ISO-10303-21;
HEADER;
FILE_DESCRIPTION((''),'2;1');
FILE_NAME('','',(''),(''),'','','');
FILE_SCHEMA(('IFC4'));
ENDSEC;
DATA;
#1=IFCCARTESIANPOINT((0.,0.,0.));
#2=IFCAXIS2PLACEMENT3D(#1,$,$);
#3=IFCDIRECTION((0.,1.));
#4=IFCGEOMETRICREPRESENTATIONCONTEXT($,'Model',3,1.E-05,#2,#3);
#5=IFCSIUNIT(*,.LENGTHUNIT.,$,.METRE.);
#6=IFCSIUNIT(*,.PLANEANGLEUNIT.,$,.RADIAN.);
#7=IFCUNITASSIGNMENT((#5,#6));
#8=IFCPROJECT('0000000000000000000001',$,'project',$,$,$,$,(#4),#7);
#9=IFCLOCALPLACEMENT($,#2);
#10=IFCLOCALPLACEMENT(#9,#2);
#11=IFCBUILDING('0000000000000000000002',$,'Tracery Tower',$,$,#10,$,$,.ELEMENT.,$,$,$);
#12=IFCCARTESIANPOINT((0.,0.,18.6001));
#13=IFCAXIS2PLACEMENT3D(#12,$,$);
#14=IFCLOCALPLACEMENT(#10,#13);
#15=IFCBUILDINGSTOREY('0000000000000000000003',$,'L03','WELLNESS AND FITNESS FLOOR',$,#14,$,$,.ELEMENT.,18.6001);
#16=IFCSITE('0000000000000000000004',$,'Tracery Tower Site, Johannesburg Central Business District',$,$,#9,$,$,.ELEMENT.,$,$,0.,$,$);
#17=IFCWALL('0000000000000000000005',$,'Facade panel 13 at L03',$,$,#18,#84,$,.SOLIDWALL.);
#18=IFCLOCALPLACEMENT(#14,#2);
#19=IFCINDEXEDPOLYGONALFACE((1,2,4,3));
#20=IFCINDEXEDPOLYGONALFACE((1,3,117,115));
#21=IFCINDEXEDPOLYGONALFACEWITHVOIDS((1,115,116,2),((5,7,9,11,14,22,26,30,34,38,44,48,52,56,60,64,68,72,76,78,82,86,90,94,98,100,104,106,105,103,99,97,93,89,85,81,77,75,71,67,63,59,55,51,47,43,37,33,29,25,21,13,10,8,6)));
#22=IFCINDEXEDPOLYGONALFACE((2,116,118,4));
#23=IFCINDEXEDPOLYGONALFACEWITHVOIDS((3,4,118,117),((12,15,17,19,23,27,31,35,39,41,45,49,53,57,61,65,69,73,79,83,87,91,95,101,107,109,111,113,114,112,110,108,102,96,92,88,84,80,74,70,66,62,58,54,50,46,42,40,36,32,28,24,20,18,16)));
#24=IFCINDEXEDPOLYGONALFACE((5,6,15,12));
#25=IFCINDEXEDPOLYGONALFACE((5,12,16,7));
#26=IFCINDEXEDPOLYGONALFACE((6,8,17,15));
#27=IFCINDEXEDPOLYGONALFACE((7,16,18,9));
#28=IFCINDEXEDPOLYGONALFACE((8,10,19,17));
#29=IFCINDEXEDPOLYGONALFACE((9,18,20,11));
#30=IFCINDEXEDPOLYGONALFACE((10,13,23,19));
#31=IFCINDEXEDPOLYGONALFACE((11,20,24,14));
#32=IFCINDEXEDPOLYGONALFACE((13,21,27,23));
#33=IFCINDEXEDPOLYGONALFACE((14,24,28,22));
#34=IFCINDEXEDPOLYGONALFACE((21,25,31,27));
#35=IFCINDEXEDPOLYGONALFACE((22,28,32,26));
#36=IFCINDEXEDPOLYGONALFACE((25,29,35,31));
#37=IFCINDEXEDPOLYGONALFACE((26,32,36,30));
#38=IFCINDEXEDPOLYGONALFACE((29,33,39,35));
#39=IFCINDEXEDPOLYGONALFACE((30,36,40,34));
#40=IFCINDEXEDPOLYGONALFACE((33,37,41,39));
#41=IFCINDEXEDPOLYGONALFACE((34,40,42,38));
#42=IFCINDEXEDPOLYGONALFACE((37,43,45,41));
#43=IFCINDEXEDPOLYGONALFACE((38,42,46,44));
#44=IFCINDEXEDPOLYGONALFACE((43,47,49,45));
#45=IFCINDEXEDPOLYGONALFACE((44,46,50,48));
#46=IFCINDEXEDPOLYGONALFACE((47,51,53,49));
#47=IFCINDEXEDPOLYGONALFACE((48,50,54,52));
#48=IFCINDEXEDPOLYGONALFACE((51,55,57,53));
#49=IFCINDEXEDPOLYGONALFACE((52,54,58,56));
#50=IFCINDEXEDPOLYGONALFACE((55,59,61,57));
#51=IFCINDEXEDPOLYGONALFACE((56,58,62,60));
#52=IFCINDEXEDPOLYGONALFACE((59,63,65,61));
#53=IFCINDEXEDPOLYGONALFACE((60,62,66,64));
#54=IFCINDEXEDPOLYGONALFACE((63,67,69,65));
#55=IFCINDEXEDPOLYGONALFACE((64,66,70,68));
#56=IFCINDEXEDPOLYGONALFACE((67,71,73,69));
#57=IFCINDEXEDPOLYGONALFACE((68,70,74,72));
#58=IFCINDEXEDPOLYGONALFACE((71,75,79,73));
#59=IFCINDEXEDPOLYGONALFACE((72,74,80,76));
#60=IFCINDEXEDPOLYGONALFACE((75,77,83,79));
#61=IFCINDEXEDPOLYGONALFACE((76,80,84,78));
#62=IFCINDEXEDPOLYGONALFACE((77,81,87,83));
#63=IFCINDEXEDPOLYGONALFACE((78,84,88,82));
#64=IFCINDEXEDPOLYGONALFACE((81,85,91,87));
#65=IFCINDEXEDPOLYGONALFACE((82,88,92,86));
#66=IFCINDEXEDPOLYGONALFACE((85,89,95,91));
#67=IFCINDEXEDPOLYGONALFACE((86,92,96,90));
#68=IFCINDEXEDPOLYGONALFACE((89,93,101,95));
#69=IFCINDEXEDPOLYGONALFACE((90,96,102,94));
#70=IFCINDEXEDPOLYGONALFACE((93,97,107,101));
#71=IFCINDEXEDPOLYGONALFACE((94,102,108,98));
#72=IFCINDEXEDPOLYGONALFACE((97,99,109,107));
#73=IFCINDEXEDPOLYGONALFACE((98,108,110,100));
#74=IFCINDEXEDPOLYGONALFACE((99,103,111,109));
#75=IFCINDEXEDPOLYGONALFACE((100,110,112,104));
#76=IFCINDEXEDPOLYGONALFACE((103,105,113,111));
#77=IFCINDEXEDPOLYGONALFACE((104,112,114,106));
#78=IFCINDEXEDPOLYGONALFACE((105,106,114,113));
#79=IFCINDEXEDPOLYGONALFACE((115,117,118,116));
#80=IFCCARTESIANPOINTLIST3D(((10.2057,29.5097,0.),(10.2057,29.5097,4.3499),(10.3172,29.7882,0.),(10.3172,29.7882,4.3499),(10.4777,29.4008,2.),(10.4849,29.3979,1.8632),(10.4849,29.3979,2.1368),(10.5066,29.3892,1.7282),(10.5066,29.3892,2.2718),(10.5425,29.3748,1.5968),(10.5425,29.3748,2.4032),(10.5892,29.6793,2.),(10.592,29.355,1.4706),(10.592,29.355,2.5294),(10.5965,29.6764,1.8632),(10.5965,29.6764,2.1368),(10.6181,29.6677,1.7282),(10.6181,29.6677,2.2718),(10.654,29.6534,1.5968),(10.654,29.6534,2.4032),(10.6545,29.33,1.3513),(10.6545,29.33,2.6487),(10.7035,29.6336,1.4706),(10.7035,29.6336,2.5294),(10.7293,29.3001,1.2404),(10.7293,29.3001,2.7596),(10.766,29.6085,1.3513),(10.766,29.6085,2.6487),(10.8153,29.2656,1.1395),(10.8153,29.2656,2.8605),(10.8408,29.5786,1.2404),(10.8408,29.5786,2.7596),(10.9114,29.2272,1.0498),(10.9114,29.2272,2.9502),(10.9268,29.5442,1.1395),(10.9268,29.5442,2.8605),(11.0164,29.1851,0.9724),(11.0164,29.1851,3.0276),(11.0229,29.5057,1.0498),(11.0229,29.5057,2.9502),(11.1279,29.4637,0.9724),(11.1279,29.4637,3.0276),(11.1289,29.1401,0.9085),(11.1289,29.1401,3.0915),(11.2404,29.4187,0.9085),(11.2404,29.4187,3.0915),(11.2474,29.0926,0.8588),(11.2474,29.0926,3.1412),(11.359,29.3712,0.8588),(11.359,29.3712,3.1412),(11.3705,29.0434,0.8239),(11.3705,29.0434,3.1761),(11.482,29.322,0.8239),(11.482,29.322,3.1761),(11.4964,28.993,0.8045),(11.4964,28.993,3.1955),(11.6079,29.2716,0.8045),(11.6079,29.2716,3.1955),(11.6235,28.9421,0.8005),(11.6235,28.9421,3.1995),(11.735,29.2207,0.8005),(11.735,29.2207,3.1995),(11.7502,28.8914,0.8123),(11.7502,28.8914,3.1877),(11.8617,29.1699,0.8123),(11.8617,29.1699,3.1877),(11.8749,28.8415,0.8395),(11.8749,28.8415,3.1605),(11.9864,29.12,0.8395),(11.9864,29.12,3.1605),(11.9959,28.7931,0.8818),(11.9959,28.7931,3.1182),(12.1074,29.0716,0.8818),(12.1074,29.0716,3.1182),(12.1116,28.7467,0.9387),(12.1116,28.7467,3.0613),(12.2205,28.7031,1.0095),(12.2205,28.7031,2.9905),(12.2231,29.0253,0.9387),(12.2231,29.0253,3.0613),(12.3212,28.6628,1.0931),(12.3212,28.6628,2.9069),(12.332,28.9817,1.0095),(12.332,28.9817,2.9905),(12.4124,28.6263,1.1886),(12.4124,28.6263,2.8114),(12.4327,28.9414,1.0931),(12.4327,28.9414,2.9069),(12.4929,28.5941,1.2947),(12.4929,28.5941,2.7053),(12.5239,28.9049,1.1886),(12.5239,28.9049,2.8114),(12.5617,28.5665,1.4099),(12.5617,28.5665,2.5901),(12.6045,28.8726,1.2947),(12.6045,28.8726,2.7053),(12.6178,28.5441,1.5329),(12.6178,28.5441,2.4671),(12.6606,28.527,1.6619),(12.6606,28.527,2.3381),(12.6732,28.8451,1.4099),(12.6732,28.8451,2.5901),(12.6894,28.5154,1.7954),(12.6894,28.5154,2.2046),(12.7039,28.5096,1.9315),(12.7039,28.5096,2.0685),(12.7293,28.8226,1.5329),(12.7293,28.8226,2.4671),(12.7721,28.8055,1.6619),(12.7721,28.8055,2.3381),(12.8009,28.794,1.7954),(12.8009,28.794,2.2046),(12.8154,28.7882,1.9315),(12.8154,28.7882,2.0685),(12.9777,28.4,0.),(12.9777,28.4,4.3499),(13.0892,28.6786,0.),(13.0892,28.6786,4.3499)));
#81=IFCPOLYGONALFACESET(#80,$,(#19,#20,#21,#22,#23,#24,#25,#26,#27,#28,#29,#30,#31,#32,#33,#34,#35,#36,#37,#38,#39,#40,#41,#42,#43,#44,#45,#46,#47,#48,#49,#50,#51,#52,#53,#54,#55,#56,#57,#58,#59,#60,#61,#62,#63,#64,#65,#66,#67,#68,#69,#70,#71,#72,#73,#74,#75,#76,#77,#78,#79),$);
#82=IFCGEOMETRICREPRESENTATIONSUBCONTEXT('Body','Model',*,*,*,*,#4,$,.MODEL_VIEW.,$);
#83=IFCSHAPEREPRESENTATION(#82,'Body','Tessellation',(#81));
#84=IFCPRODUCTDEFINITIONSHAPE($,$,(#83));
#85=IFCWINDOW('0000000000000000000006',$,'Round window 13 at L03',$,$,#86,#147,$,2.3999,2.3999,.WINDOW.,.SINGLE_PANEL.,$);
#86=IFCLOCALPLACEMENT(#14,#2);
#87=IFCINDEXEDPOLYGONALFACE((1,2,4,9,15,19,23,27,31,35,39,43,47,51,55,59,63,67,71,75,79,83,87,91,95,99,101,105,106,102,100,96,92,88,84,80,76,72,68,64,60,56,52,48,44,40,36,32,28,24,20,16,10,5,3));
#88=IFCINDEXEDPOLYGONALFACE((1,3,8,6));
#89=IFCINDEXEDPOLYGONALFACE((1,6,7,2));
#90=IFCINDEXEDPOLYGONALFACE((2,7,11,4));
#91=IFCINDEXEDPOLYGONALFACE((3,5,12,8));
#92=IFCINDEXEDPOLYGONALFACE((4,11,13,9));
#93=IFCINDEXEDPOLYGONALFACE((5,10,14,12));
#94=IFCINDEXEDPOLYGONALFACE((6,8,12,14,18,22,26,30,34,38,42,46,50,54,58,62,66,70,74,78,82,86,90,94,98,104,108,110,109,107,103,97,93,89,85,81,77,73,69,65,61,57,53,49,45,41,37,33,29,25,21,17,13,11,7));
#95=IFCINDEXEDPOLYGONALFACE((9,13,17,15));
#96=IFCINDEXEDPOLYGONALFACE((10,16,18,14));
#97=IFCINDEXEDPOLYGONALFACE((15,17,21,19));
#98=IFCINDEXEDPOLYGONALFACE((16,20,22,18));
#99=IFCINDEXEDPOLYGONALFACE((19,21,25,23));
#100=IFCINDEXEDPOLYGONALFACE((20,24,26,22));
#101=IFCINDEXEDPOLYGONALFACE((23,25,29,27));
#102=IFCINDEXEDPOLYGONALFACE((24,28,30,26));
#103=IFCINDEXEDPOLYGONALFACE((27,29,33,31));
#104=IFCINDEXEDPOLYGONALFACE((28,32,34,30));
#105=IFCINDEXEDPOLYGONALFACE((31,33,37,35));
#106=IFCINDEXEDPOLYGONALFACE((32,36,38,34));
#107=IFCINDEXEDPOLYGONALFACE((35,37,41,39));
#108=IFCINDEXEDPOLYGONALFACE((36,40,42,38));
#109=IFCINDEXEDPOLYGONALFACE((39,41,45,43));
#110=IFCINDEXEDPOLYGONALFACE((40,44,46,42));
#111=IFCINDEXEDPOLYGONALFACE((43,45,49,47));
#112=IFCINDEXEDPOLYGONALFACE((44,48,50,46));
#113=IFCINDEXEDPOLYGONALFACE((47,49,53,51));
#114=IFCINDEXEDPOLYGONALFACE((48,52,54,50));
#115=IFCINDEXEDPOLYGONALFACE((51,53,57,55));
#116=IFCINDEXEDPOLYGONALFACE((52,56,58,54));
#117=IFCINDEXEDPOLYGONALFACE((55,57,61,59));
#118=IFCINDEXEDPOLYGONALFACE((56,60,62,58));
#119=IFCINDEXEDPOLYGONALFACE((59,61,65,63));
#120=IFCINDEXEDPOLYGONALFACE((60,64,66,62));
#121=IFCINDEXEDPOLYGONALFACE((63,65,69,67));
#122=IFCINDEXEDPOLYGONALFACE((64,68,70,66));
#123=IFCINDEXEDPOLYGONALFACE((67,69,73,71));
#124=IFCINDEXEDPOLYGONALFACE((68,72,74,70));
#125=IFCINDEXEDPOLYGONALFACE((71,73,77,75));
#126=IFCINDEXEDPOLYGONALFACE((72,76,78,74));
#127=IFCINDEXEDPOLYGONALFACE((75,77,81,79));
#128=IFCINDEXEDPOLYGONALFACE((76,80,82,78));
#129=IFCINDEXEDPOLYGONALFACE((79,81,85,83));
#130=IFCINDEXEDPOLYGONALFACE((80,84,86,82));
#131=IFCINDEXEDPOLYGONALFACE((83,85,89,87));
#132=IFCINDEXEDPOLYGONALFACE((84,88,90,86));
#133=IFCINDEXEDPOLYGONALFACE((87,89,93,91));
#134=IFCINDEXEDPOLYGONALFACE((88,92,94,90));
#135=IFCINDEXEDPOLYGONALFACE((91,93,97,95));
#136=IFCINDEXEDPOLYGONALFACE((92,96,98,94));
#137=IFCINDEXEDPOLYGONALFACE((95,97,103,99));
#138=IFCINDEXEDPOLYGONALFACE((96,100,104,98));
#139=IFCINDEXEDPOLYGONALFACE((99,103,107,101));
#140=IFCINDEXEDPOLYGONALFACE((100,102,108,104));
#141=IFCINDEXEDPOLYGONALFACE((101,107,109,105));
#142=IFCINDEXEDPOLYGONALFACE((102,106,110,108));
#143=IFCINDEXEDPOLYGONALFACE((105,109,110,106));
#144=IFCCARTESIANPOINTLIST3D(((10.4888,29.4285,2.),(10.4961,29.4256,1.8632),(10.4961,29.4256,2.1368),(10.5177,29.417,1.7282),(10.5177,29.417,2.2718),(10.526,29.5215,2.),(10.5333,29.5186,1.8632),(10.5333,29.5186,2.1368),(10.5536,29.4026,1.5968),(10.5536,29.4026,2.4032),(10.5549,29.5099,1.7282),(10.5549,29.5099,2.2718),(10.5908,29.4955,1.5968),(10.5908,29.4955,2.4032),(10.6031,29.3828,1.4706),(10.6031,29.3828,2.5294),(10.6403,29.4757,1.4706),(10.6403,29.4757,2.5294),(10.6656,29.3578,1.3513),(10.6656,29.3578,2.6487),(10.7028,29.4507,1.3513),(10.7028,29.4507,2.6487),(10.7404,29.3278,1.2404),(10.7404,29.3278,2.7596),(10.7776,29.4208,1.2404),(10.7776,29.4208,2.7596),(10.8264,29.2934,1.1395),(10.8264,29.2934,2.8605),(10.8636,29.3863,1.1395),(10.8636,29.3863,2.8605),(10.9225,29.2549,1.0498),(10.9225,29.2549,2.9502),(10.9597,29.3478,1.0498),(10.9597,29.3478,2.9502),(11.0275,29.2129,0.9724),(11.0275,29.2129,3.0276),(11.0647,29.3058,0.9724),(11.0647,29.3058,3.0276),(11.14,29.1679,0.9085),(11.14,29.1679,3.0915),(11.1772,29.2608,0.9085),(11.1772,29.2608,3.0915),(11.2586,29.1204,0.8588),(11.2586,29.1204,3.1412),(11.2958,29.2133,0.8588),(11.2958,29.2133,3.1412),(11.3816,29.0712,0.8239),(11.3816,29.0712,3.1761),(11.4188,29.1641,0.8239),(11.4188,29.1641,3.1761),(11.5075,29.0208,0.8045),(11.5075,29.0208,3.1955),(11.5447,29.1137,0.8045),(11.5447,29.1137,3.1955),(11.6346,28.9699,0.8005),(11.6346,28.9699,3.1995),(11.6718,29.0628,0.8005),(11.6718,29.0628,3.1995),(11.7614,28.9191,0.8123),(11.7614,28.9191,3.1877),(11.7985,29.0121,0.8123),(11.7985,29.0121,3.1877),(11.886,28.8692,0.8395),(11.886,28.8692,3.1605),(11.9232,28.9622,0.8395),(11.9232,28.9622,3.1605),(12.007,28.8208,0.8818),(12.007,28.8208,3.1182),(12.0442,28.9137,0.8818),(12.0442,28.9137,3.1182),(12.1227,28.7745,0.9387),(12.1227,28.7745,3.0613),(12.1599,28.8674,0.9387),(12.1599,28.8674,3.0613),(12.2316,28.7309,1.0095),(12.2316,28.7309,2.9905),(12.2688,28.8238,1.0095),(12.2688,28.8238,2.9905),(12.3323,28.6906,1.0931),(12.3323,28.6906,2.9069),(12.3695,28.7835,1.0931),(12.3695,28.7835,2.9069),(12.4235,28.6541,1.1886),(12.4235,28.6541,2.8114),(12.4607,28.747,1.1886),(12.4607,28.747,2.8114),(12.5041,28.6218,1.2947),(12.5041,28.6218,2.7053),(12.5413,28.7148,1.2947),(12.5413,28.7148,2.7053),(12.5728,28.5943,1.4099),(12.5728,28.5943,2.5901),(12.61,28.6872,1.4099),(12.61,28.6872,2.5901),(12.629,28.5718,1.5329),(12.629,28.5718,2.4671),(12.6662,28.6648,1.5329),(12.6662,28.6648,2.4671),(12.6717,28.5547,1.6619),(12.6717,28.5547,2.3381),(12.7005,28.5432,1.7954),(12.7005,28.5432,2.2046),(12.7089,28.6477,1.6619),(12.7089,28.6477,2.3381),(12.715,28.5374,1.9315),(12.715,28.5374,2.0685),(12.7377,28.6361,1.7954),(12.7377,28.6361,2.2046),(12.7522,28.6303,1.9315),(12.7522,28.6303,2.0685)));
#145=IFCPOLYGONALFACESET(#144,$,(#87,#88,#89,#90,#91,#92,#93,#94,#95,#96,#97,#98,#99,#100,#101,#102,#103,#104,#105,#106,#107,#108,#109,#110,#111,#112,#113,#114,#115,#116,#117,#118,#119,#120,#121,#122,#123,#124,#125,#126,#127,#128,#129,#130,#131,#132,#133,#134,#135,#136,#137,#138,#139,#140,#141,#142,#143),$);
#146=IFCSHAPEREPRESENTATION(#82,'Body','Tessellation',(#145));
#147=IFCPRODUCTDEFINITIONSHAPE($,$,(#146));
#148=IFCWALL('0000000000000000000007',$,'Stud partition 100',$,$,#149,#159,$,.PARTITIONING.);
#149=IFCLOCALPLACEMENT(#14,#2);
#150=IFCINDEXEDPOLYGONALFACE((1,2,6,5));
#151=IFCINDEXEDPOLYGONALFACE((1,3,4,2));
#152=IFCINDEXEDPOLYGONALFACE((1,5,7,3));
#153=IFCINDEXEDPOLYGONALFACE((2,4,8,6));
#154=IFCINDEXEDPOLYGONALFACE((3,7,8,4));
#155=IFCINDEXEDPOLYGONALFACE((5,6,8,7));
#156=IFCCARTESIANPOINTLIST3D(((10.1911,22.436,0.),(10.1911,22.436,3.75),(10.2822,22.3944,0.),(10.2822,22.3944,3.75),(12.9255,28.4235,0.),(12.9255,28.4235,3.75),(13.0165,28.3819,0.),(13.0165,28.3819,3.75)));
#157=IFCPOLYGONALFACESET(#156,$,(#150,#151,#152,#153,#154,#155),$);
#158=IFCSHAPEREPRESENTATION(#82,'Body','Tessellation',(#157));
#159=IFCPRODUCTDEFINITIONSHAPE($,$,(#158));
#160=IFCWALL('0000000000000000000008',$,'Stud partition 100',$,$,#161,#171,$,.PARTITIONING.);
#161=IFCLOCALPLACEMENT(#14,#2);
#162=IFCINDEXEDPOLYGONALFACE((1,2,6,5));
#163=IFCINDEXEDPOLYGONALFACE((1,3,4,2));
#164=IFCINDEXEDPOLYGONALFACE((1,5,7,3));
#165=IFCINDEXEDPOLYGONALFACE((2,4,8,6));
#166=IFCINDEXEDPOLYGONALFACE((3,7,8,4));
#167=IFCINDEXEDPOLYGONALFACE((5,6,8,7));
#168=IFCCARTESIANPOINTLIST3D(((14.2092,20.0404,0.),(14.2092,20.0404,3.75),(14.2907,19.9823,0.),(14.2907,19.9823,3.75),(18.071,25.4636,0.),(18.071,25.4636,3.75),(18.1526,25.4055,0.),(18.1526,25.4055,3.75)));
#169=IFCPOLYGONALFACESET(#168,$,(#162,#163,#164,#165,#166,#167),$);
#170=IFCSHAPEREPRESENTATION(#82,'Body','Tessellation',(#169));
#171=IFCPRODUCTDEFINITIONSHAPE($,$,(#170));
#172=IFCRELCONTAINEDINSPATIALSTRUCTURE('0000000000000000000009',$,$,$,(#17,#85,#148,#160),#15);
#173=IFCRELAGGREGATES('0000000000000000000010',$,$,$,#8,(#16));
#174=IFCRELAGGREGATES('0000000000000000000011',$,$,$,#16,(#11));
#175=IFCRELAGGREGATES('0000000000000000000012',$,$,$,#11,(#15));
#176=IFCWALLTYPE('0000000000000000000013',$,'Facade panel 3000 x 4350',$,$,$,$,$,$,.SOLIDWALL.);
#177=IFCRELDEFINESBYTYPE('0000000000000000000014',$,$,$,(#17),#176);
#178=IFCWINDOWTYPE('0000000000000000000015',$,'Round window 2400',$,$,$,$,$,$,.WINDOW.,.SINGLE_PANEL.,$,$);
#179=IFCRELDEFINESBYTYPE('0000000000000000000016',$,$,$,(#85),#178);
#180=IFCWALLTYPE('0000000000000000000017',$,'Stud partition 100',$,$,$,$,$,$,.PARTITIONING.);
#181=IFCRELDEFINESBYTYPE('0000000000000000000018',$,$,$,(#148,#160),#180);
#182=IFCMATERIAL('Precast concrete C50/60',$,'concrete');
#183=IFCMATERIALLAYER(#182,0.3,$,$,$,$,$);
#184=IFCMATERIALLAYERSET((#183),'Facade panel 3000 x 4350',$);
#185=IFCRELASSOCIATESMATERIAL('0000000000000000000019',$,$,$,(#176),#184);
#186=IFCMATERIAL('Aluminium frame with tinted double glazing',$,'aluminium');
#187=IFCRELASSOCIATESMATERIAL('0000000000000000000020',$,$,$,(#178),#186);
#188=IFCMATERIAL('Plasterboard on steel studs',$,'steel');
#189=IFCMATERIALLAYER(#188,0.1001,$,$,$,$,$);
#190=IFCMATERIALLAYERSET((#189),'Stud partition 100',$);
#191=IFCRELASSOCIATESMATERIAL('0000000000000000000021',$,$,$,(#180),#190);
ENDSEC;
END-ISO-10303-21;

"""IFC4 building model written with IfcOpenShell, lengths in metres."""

from ifc_helpers import new_model, si_unit, direction, frame, frame_2d, origin, origin_2d, place, context, subcontext, project, spatial, rectangle, circle, extrude, material, layer, layer_set, type_object, element, fill, save


model = new_model("IFC4")

# Units and contexts
model_context = context("Model", 3, precision=1e-05, world=origin(), true_north=direction((0.0, 1.0)))
body_context = subcontext(model_context, "Body", "Model", "MODEL_VIEW")
ifc_project = project(units=[si_unit("LENGTHUNIT", "METRE"), si_unit("PLANEANGLEUNIT", "RADIAN")], contexts=[model_context])

# Site, building, storey
site_placement = place(None, origin())
site = spatial("IfcSite", under=ifc_project, at=site_placement, Name="Tracery Tower Site, Johannesburg Central Business District", CompositionType="ELEMENT", RefElevation=0.0)
building_placement = place(site_placement, origin())
building = spatial("IfcBuilding", under=site, at=building_placement, Name="Tracery Tower", CompositionType="ELEMENT")
storey_placement = place(building_placement, frame((0.0, 0.0, 18.6001)))
storey = spatial("IfcBuildingStorey", under=building, at=storey_placement, Name="L03", Description="WELLNESS AND FITNESS FLOOR", CompositionType="ELEMENT", Elevation=18.6001)

# Wall, opening, window
ifc_material_1 = material(Name="Precast concrete C50/60", Category="concrete")
ifc_layer_1 = layer(ifc_material_1, 0.3)
ifc_layer_set_1 = layer_set([ifc_layer_1], Name="Facade panel 3000 x 4350")
wall_type_1 = type_object("IfcWallType", Name="Facade panel 3000 x 4350", PredefinedType="SOLIDWALL", material=ifc_layer_set_1)
ifc_material_2 = material(Name="Aluminium frame with tinted double glazing", Category="aluminium")
window_type = type_object("IfcWindowType", Name="Round window 2400", PartitioningType="SINGLE_PANEL", PredefinedType="WINDOW", material=ifc_material_2)
wall_1_placement = place(storey_placement, frame((13.0334, 28.5393, 0.0), z_axis=(0.0, 0.0, 1.0), x_axis=(-0.928381, 0.37163, 0.0)))
wall_1 = element("IfcWall", 1, at=wall_1_placement, inside=storey, type_object=wall_type_1, Name="Facade panel 13 at L03", PredefinedType="SOLIDWALL", context=body_context, shape_type="SweptSolid", body=[
    extrude(rectangle(XDim=2.9858, YDim=0.3, at=frame_2d((1.4929, 0.0))), origin(), (0.0, 0.0, 1.0), 4.3499),
])
opening_1_placement = place(wall_1_placement, frame((1.4929, 0.0, 2.0)))
opening_1 = element("IfcOpeningElement", 2, at=opening_1_placement, cuts=wall_1, PredefinedType="OPENING", context=body_context, shape_type="SweptSolid", body=[
    extrude(circle(Radius=1.2, at=origin_2d()), frame((0.0, 0.1599, 0.0), z_axis=(0.0, -1.0, 0.0), x_axis=(1.0, 0.0, 0.0)), (0.0, 0.0, 1.0), 0.3201),
])
window_1_placement = place(opening_1_placement, origin())
window_1 = element("IfcWindow", 3, at=window_1_placement, inside=storey, type_object=window_type, Name="Round window 13 at L03", OverallHeight=2.3999, OverallWidth=2.3999, PartitioningType="SINGLE_PANEL", PredefinedType="WINDOW", context=body_context, shape_type="SweptSolid", body=[
    extrude(circle(Radius=1.2, at=origin_2d()), frame((0.0, 0.1201, 0.0), z_axis=(0.0, -1.0, 0.0), x_axis=(1.0, 0.0, 0.0)), (0.0, 0.0, 1.0), 0.1001),
])
fill(opening_1, window_1)

# Walls
ifc_material_3 = material(Name="Plasterboard on steel studs", Category="steel")
ifc_layer_2 = layer(ifc_material_3, 0.1001)
ifc_layer_set_2 = layer_set([ifc_layer_2], Name="Stud partition 100")
wall_type_2 = type_object("IfcWallType", Name="Stud partition 100", PredefinedType="PARTITIONING", material=ifc_layer_set_2)
wall_2_placement = place(storey_placement, frame((12.9709, 28.4026, 0.0), z_axis=(0.0, 0.0, 1.0), x_axis=(-0.415409, -0.909635, 0.0)))
element("IfcWall", 4, at=wall_2_placement, inside=storey, type_object=wall_type_2, Name="Stud partition 100", PredefinedType="PARTITIONING", context=body_context, shape_type="SweptSolid", body=[
    extrude(rectangle(XDim=6.5823, YDim=0.1001, at=frame_2d((3.291, 0.0))), origin(), (0.0, 0.0, 1.0), 3.75),
])
wall_3_placement = place(storey_placement, frame((18.1118, 25.4346, 0.0), z_axis=(0.0, 0.0, 1.0), x_axis=(-0.580062, -0.814573, 0.0)))
element("IfcWall", 5, at=wall_3_placement, inside=storey, type_object=wall_type_2, Name="Stud partition 100", PredefinedType="PARTITIONING", context=body_context, shape_type="SweptSolid", body=[
    extrude(rectangle(XDim=6.6577, YDim=0.1001, at=frame_2d((3.3289, 0.0))), origin(), (0.0, 0.0, 1.0), 3.75),
])

save(model, "model.ifc")
